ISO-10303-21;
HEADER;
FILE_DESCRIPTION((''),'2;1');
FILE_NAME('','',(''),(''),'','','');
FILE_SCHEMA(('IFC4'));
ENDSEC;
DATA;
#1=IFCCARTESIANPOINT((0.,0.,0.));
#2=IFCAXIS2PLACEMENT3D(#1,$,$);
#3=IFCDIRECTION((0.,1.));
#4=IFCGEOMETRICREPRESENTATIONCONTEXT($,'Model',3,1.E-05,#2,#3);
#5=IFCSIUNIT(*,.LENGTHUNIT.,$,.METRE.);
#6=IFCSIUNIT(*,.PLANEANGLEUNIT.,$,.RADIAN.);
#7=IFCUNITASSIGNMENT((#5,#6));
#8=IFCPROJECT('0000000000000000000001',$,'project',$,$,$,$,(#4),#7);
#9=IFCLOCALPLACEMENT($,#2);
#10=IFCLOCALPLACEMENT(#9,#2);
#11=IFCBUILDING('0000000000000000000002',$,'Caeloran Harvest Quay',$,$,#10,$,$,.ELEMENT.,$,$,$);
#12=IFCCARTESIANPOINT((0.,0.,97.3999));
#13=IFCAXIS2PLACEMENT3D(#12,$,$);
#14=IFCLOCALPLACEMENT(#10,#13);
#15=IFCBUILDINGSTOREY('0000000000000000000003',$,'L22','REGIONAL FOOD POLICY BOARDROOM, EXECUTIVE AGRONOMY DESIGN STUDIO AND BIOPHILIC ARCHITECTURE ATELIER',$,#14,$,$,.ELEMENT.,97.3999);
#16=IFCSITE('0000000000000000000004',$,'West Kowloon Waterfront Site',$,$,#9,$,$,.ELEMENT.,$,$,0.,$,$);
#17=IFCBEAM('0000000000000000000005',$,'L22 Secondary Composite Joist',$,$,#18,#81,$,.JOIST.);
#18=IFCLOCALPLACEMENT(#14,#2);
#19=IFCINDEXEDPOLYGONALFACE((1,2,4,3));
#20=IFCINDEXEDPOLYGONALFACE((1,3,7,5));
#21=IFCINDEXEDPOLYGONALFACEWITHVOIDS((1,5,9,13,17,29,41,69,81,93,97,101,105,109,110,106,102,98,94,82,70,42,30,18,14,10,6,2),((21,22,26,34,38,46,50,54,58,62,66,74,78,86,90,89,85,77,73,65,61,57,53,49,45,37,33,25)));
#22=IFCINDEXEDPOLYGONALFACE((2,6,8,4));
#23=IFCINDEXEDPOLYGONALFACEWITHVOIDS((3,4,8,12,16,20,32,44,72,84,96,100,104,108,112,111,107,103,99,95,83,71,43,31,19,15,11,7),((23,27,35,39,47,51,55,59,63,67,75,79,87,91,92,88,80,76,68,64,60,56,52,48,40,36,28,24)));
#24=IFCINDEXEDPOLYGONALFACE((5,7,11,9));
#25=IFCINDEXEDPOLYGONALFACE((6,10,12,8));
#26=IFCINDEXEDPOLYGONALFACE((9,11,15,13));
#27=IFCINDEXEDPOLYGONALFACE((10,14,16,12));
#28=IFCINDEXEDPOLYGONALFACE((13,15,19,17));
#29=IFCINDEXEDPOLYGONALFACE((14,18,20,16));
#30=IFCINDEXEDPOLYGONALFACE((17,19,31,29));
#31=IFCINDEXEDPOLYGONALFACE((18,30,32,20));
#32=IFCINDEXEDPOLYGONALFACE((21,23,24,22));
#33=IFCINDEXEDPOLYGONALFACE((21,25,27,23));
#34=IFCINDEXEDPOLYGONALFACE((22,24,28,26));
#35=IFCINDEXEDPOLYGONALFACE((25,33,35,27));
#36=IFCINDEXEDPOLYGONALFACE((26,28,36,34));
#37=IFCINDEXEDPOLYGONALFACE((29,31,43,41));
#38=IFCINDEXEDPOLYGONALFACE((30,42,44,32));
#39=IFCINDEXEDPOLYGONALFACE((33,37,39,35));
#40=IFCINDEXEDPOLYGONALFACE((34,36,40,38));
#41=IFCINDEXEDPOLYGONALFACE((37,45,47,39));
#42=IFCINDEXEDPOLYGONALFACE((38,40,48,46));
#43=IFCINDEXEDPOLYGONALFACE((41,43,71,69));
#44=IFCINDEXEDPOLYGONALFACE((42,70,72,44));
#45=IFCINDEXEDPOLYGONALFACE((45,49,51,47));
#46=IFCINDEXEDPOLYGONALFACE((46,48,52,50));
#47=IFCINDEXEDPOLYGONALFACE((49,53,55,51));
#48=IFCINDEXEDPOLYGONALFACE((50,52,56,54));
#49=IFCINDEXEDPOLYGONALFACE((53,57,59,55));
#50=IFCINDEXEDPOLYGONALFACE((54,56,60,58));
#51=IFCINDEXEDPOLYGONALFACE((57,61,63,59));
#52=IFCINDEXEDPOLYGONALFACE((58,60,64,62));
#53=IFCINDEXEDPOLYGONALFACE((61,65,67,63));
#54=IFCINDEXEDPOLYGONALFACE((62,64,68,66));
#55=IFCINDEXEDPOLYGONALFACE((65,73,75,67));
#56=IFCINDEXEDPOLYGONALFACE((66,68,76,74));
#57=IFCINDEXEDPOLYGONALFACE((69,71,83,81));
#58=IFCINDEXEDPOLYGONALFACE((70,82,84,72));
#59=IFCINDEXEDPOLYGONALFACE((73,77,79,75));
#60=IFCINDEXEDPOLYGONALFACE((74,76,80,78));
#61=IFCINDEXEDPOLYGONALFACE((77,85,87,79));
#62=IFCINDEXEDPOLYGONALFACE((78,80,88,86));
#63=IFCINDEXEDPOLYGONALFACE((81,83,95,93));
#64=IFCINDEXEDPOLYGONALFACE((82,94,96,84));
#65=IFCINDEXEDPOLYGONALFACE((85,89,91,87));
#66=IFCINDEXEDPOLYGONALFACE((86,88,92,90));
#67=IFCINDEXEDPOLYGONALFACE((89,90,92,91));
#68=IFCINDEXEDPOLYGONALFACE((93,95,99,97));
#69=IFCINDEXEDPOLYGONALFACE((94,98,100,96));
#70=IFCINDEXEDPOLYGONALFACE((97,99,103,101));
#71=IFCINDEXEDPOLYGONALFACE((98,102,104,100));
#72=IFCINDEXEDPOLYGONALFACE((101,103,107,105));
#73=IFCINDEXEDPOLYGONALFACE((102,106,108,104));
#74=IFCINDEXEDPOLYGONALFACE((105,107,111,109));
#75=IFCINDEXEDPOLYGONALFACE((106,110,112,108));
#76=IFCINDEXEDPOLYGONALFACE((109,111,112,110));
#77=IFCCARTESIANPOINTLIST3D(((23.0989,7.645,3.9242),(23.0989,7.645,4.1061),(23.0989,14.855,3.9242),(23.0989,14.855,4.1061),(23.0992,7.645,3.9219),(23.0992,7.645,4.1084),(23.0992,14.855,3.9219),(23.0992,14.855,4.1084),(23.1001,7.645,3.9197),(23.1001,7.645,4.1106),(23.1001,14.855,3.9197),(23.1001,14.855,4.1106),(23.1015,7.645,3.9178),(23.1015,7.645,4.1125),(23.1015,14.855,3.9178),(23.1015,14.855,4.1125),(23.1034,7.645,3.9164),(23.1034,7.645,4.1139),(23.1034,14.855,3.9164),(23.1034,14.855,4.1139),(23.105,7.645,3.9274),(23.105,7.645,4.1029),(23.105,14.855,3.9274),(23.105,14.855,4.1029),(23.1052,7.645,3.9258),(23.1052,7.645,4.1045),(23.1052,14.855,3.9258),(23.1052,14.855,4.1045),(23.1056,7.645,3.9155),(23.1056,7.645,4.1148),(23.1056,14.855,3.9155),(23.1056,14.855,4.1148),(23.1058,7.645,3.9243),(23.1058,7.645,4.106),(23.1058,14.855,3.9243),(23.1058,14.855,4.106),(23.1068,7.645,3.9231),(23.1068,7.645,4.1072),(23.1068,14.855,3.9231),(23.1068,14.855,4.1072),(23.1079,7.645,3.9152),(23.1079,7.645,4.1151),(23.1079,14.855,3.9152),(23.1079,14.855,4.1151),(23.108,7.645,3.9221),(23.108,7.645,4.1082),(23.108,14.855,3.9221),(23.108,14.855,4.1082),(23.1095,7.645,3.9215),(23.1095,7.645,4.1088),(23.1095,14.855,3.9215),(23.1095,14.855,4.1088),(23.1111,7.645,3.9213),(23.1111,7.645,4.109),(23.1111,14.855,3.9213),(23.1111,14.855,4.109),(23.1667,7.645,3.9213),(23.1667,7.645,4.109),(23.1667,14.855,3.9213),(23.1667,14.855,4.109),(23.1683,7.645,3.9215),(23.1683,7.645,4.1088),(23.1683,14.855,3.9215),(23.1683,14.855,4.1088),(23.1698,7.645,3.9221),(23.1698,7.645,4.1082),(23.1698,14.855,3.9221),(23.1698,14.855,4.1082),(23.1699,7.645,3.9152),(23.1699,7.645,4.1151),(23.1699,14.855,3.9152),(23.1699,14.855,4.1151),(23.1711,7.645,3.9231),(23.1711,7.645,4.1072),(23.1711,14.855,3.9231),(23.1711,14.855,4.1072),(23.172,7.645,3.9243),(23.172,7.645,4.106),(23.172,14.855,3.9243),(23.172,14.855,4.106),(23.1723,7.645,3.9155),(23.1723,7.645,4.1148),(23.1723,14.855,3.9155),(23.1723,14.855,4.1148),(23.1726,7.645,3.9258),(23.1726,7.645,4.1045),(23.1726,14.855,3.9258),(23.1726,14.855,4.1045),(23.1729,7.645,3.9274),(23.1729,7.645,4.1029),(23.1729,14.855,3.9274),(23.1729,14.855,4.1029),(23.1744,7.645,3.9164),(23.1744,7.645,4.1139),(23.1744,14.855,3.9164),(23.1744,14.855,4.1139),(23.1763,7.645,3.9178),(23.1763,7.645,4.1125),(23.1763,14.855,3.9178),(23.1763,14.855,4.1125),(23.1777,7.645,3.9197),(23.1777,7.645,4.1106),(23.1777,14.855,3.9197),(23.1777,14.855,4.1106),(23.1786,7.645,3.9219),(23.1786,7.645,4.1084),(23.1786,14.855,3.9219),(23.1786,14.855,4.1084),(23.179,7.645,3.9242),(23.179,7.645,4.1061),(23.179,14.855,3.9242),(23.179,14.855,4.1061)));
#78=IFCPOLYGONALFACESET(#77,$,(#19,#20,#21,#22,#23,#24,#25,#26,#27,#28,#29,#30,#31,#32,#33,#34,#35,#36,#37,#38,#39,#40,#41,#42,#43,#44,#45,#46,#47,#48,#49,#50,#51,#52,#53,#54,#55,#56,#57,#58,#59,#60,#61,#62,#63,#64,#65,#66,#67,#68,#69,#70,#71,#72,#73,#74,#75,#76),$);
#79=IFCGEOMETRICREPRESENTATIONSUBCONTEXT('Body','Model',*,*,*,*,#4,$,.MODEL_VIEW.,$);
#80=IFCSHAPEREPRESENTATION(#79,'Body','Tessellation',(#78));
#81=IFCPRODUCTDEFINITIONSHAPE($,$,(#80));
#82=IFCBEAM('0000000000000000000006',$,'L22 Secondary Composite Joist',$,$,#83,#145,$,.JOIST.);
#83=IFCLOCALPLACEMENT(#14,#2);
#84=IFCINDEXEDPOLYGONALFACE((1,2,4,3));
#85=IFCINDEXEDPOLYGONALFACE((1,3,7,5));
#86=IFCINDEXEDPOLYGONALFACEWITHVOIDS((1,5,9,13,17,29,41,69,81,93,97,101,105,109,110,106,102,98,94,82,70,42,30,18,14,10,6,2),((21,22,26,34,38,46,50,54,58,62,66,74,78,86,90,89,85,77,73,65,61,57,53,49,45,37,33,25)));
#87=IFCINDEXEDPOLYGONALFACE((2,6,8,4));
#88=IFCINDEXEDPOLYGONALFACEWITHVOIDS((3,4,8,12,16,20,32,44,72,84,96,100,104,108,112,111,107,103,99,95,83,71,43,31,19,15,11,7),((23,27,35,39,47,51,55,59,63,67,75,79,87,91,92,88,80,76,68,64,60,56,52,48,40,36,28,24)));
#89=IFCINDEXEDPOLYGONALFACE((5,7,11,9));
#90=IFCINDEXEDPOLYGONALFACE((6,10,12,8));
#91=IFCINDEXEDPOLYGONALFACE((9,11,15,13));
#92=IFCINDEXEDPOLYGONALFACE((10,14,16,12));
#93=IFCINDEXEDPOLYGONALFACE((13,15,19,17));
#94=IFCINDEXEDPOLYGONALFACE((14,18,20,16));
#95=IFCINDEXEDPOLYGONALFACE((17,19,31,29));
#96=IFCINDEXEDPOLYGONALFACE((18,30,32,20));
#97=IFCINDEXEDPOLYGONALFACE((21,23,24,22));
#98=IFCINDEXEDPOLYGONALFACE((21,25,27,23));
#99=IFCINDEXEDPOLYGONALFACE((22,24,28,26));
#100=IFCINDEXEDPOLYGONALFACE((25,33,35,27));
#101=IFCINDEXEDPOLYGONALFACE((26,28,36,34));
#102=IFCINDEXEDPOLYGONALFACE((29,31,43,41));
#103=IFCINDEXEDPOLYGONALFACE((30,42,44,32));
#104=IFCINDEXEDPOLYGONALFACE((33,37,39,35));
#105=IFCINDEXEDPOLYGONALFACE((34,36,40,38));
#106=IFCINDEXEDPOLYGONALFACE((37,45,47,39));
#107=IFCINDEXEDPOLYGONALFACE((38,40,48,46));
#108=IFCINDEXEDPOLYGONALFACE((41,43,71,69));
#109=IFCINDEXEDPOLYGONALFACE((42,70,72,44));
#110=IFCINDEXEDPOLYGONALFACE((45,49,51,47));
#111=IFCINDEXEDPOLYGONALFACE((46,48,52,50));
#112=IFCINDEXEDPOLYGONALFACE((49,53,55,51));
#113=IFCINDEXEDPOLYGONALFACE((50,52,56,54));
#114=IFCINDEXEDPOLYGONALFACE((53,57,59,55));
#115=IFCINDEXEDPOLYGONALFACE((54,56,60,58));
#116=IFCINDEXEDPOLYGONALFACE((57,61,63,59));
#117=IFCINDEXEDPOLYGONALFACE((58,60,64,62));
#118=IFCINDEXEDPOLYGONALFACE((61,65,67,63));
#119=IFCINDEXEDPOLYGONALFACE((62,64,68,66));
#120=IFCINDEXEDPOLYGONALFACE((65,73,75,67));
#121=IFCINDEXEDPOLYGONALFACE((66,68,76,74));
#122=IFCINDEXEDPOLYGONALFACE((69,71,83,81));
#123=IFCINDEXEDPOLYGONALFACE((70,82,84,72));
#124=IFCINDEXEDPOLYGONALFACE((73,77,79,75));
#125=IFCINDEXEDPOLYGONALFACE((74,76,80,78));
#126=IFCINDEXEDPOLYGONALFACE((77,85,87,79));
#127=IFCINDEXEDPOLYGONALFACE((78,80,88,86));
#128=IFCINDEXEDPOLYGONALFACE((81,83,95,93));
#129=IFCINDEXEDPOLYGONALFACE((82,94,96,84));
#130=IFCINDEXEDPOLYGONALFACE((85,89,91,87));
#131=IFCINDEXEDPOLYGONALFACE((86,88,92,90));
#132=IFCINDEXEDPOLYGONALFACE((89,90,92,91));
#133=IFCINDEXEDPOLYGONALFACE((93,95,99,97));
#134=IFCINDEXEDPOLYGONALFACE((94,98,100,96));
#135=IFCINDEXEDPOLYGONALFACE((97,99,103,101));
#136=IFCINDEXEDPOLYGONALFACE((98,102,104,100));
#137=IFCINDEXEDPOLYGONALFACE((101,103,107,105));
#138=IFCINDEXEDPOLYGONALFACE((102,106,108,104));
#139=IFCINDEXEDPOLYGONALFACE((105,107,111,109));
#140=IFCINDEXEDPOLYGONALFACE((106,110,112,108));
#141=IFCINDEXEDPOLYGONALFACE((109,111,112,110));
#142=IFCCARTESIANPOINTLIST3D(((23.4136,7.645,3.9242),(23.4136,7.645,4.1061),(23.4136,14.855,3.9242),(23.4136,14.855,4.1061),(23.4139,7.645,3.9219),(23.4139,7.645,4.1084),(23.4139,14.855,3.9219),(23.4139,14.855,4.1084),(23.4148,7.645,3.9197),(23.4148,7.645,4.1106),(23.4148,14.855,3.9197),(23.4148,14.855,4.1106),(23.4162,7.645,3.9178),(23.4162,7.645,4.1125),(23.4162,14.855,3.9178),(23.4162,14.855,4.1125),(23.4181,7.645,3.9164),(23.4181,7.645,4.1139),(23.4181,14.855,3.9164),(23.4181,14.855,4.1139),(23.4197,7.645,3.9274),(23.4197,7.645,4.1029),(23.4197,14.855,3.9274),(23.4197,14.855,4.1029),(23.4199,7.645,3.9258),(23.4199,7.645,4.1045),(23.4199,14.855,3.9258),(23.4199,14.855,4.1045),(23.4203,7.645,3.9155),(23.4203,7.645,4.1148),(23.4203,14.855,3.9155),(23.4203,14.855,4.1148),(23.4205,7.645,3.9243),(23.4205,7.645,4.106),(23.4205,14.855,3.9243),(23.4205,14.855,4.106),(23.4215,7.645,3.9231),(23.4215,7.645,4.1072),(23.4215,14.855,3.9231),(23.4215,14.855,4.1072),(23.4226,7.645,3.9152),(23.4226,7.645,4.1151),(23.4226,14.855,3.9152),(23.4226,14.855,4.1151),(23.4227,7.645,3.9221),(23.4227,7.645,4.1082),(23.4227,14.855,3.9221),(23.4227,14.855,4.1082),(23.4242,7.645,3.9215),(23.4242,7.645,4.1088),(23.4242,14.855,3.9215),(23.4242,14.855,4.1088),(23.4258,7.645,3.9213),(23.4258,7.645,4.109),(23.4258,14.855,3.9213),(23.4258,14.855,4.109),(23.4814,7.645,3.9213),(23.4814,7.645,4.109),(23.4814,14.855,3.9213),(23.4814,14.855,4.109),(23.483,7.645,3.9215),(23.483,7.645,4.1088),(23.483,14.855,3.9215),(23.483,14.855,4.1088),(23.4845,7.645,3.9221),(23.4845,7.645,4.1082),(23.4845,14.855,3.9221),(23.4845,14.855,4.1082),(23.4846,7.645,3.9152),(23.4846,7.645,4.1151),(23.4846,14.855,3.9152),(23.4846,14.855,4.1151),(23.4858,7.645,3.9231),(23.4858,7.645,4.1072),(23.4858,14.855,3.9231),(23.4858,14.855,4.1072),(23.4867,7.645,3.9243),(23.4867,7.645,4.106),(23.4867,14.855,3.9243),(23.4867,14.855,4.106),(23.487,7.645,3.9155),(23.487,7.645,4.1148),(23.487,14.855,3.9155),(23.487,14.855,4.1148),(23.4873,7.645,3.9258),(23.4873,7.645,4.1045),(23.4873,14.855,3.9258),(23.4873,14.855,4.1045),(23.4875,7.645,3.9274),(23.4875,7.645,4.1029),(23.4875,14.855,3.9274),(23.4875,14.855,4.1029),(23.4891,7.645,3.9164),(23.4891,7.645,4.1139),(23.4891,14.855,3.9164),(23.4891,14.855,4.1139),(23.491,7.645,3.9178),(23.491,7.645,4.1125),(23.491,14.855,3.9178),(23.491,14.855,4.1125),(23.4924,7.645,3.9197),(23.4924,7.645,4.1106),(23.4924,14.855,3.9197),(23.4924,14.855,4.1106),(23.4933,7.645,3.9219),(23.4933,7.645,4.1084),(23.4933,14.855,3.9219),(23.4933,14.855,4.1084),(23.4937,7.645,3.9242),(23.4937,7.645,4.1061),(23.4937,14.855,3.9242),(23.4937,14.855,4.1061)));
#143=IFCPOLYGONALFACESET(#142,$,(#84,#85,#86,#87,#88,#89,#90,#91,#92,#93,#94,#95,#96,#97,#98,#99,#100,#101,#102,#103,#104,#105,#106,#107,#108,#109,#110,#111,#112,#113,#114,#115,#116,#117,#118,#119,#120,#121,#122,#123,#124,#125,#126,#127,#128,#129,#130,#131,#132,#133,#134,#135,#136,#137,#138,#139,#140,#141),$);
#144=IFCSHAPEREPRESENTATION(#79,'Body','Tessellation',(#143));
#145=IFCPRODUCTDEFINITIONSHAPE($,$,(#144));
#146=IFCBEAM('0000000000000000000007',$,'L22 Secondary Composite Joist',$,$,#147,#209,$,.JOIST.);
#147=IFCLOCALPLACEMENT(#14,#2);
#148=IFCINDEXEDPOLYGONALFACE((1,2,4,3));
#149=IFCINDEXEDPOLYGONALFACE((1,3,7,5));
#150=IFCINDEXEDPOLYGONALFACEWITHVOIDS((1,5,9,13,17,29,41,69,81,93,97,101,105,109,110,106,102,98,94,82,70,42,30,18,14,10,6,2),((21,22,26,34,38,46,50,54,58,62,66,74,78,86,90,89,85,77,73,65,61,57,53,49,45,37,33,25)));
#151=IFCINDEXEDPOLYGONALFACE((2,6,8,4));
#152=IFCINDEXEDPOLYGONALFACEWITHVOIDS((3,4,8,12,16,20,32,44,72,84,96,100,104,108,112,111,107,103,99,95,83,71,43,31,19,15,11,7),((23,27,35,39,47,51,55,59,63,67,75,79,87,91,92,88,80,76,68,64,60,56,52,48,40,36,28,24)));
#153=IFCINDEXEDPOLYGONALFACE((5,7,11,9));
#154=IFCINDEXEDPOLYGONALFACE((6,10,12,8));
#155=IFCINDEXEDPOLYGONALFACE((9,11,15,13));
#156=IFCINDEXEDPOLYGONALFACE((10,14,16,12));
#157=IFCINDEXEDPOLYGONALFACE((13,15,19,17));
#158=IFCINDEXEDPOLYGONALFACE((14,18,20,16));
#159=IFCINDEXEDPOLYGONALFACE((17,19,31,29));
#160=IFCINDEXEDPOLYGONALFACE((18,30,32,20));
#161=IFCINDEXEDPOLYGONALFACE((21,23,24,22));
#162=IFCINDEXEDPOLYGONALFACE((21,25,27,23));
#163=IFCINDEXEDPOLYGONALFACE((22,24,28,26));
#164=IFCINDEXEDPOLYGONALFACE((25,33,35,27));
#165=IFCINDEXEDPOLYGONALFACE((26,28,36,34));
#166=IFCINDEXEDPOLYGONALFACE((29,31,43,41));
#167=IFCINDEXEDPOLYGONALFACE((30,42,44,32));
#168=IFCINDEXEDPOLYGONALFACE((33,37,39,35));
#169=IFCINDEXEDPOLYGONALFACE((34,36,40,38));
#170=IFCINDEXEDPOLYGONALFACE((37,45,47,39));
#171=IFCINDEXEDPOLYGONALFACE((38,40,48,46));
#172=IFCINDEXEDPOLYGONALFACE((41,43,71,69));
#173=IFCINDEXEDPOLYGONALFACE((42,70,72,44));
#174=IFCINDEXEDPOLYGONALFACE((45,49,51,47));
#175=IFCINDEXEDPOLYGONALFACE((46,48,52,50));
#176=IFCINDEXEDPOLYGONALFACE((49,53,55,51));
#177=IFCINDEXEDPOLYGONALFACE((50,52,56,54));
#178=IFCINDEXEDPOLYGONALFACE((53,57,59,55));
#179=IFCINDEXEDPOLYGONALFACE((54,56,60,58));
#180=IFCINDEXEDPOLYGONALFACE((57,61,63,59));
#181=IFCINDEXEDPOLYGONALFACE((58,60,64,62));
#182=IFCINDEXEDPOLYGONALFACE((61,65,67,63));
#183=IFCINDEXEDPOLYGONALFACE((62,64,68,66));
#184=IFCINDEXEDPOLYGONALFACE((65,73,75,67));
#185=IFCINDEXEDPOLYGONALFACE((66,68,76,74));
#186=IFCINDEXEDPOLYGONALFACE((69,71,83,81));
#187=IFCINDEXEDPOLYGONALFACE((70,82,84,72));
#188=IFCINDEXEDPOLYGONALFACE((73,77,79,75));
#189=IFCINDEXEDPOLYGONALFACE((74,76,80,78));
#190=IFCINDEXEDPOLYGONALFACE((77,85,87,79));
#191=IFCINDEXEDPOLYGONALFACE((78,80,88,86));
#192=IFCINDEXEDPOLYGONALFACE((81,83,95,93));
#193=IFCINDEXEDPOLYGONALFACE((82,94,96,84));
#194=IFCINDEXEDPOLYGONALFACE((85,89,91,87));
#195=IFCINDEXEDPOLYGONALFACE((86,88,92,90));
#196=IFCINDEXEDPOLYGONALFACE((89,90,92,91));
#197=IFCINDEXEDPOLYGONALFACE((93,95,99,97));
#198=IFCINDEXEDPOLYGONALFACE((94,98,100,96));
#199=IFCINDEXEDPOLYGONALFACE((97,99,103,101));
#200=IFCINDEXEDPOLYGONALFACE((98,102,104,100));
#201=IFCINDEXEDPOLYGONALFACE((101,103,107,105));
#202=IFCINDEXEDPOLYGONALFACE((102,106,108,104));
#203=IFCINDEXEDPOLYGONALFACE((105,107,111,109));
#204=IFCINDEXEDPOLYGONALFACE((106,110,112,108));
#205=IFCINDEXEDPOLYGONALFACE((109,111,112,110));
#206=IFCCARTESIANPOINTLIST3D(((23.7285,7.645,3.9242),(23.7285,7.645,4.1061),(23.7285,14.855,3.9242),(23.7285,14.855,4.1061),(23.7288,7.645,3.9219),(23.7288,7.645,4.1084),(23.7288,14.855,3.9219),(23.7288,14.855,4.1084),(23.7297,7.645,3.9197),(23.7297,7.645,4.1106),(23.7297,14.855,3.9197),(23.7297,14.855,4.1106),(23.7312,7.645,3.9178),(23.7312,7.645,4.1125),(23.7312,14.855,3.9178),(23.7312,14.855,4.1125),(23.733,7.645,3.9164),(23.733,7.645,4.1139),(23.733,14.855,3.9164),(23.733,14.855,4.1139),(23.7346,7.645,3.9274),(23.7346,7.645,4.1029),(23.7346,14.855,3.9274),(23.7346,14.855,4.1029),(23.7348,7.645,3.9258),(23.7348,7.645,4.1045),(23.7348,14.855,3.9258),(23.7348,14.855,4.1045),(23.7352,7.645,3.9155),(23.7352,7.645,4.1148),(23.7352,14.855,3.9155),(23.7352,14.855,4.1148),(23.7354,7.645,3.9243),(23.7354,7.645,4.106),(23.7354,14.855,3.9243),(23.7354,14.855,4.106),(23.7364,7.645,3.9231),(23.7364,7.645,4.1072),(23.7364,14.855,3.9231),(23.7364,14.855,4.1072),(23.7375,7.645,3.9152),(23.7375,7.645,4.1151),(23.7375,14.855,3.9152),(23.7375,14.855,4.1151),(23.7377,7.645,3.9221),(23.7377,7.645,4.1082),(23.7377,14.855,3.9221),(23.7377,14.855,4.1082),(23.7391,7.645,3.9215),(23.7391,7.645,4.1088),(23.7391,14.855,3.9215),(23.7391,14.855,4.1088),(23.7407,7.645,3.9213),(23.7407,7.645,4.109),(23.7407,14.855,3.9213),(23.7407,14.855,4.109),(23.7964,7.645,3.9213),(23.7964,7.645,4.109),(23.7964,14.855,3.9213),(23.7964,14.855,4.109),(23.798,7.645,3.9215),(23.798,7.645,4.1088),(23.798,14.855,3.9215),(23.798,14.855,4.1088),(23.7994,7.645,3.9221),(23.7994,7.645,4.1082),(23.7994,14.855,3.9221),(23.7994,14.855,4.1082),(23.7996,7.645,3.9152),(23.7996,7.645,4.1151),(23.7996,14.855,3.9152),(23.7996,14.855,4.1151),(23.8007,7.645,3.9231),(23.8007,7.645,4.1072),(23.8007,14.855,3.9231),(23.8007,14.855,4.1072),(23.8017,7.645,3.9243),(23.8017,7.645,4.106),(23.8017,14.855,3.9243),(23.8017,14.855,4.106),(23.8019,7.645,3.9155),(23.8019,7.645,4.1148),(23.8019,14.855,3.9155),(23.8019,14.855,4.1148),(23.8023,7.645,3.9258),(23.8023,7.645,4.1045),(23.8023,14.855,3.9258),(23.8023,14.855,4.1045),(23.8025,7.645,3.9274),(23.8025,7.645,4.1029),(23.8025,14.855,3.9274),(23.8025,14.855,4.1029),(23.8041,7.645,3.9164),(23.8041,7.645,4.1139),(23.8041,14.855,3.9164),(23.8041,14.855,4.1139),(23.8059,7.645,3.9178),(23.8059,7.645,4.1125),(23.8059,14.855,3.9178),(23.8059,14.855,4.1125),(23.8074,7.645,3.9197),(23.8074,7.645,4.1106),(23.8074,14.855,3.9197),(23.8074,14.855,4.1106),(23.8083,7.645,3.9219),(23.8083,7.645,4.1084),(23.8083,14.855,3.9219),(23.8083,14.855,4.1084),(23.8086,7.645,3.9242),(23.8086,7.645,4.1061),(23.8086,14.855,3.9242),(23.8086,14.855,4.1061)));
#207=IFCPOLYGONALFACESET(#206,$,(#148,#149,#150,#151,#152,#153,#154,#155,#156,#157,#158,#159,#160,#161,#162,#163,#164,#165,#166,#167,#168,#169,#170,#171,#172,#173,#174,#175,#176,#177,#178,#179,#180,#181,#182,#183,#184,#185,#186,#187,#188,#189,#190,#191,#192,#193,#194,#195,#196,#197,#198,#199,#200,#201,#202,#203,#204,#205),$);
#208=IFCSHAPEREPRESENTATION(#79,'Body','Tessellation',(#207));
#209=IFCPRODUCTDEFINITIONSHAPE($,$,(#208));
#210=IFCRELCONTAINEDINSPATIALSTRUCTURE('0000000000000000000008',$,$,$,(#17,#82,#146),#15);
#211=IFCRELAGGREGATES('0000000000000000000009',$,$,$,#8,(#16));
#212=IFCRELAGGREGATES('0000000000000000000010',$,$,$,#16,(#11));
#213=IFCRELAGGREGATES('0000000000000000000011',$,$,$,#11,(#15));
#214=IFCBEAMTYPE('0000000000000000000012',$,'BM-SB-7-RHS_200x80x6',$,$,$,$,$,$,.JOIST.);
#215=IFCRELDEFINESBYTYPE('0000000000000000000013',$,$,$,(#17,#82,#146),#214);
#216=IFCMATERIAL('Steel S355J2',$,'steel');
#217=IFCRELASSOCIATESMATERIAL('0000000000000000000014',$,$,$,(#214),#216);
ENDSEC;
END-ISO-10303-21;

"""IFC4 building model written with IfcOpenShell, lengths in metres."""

from ifc_helpers import new_model, si_unit, direction, frame, origin, origin_2d, place, context, subcontext, project, spatial, hollow_rectangle, extrude, material, material_profile, profile_set, type_object, element, save


model = new_model("IFC4")

# Units and contexts
model_context = context("Model", 3, precision=1e-05, world=origin(), true_north=direction((0.0, 1.0)))
body_context = subcontext(model_context, "Body", "Model", "MODEL_VIEW")
ifc_project = project(units=[si_unit("LENGTHUNIT", "METRE"), si_unit("PLANEANGLEUNIT", "RADIAN")], contexts=[model_context])

# Site, building, storey
site_placement = place(None, origin())
site = spatial("IfcSite", under=ifc_project, at=site_placement, Name="West Kowloon Waterfront Site", CompositionType="ELEMENT", RefElevation=0.0)
building_placement = place(site_placement, origin())
building = spatial("IfcBuilding", under=site, at=building_placement, Name="Caeloran Harvest Quay", CompositionType="ELEMENT")
storey_placement = place(building_placement, frame((0.0, 0.0, 97.3999)))
storey = spatial("IfcBuildingStorey", under=building, at=storey_placement, Name="L22", Description="REGIONAL FOOD POLICY BOARDROOM, EXECUTIVE AGRONOMY DESIGN STUDIO AND BIOPHILIC ARCHITECTURE ATELIER", CompositionType="ELEMENT", Elevation=97.3999)

# Beams
ifc_material_1 = material(Name="Steel S355J2", Category="steel")
ifc_material_profile_1 = material_profile(ifc_material_1, hollow_rectangle(XDim=0.0801, YDim=0.2, WallThickness=0.0061, InnerFilletRadius=0.0061, OuterFilletRadius=0.009, at=origin_2d()), Name="RHS 200x80x6")
ifc_profile_set_1 = profile_set([ifc_material_profile_1], Name="Steel S355J2")
beam_type_1 = type_object("IfcBeamType", Name="BM-SB-7-RHS_200x80x6", PredefinedType="JOIST", material=ifc_profile_set_1)
for number, where, z_axis, x_axis, name in (
    (1, (23.1389, 7.645, 4.0151), (0.0, 1.0, 0.0), (-1.0, 0.0, 0.0), "L22 Secondary Composite Joist"),
    (2, (23.4536, 7.645, 4.0151), (0.0, 1.0, 0.0), (-1.0, 0.0, 0.0), "L22 Secondary Composite Joist"),
    (3, (23.7686, 7.645, 4.0151), (0.0, 1.0, 0.0), (-1.0, 0.0, 0.0), "L22 Secondary Composite Joist"),
):
    element("IfcBeam", number, at=place(storey_placement, frame(where, z_axis=z_axis, x_axis=x_axis)), inside=storey, type_object=beam_type_1, Name=name, PredefinedType="JOIST", context=body_context, shape_type="SweptSolid", body=[
        extrude(hollow_rectangle(XDim=0.0801, YDim=0.2, WallThickness=0.0061, InnerFilletRadius=0.0061, OuterFilletRadius=0.009, at=origin_2d()), origin(), (0.0, 0.0, 1.0), 7.21),
    ])

save(model, "model.ifc")
